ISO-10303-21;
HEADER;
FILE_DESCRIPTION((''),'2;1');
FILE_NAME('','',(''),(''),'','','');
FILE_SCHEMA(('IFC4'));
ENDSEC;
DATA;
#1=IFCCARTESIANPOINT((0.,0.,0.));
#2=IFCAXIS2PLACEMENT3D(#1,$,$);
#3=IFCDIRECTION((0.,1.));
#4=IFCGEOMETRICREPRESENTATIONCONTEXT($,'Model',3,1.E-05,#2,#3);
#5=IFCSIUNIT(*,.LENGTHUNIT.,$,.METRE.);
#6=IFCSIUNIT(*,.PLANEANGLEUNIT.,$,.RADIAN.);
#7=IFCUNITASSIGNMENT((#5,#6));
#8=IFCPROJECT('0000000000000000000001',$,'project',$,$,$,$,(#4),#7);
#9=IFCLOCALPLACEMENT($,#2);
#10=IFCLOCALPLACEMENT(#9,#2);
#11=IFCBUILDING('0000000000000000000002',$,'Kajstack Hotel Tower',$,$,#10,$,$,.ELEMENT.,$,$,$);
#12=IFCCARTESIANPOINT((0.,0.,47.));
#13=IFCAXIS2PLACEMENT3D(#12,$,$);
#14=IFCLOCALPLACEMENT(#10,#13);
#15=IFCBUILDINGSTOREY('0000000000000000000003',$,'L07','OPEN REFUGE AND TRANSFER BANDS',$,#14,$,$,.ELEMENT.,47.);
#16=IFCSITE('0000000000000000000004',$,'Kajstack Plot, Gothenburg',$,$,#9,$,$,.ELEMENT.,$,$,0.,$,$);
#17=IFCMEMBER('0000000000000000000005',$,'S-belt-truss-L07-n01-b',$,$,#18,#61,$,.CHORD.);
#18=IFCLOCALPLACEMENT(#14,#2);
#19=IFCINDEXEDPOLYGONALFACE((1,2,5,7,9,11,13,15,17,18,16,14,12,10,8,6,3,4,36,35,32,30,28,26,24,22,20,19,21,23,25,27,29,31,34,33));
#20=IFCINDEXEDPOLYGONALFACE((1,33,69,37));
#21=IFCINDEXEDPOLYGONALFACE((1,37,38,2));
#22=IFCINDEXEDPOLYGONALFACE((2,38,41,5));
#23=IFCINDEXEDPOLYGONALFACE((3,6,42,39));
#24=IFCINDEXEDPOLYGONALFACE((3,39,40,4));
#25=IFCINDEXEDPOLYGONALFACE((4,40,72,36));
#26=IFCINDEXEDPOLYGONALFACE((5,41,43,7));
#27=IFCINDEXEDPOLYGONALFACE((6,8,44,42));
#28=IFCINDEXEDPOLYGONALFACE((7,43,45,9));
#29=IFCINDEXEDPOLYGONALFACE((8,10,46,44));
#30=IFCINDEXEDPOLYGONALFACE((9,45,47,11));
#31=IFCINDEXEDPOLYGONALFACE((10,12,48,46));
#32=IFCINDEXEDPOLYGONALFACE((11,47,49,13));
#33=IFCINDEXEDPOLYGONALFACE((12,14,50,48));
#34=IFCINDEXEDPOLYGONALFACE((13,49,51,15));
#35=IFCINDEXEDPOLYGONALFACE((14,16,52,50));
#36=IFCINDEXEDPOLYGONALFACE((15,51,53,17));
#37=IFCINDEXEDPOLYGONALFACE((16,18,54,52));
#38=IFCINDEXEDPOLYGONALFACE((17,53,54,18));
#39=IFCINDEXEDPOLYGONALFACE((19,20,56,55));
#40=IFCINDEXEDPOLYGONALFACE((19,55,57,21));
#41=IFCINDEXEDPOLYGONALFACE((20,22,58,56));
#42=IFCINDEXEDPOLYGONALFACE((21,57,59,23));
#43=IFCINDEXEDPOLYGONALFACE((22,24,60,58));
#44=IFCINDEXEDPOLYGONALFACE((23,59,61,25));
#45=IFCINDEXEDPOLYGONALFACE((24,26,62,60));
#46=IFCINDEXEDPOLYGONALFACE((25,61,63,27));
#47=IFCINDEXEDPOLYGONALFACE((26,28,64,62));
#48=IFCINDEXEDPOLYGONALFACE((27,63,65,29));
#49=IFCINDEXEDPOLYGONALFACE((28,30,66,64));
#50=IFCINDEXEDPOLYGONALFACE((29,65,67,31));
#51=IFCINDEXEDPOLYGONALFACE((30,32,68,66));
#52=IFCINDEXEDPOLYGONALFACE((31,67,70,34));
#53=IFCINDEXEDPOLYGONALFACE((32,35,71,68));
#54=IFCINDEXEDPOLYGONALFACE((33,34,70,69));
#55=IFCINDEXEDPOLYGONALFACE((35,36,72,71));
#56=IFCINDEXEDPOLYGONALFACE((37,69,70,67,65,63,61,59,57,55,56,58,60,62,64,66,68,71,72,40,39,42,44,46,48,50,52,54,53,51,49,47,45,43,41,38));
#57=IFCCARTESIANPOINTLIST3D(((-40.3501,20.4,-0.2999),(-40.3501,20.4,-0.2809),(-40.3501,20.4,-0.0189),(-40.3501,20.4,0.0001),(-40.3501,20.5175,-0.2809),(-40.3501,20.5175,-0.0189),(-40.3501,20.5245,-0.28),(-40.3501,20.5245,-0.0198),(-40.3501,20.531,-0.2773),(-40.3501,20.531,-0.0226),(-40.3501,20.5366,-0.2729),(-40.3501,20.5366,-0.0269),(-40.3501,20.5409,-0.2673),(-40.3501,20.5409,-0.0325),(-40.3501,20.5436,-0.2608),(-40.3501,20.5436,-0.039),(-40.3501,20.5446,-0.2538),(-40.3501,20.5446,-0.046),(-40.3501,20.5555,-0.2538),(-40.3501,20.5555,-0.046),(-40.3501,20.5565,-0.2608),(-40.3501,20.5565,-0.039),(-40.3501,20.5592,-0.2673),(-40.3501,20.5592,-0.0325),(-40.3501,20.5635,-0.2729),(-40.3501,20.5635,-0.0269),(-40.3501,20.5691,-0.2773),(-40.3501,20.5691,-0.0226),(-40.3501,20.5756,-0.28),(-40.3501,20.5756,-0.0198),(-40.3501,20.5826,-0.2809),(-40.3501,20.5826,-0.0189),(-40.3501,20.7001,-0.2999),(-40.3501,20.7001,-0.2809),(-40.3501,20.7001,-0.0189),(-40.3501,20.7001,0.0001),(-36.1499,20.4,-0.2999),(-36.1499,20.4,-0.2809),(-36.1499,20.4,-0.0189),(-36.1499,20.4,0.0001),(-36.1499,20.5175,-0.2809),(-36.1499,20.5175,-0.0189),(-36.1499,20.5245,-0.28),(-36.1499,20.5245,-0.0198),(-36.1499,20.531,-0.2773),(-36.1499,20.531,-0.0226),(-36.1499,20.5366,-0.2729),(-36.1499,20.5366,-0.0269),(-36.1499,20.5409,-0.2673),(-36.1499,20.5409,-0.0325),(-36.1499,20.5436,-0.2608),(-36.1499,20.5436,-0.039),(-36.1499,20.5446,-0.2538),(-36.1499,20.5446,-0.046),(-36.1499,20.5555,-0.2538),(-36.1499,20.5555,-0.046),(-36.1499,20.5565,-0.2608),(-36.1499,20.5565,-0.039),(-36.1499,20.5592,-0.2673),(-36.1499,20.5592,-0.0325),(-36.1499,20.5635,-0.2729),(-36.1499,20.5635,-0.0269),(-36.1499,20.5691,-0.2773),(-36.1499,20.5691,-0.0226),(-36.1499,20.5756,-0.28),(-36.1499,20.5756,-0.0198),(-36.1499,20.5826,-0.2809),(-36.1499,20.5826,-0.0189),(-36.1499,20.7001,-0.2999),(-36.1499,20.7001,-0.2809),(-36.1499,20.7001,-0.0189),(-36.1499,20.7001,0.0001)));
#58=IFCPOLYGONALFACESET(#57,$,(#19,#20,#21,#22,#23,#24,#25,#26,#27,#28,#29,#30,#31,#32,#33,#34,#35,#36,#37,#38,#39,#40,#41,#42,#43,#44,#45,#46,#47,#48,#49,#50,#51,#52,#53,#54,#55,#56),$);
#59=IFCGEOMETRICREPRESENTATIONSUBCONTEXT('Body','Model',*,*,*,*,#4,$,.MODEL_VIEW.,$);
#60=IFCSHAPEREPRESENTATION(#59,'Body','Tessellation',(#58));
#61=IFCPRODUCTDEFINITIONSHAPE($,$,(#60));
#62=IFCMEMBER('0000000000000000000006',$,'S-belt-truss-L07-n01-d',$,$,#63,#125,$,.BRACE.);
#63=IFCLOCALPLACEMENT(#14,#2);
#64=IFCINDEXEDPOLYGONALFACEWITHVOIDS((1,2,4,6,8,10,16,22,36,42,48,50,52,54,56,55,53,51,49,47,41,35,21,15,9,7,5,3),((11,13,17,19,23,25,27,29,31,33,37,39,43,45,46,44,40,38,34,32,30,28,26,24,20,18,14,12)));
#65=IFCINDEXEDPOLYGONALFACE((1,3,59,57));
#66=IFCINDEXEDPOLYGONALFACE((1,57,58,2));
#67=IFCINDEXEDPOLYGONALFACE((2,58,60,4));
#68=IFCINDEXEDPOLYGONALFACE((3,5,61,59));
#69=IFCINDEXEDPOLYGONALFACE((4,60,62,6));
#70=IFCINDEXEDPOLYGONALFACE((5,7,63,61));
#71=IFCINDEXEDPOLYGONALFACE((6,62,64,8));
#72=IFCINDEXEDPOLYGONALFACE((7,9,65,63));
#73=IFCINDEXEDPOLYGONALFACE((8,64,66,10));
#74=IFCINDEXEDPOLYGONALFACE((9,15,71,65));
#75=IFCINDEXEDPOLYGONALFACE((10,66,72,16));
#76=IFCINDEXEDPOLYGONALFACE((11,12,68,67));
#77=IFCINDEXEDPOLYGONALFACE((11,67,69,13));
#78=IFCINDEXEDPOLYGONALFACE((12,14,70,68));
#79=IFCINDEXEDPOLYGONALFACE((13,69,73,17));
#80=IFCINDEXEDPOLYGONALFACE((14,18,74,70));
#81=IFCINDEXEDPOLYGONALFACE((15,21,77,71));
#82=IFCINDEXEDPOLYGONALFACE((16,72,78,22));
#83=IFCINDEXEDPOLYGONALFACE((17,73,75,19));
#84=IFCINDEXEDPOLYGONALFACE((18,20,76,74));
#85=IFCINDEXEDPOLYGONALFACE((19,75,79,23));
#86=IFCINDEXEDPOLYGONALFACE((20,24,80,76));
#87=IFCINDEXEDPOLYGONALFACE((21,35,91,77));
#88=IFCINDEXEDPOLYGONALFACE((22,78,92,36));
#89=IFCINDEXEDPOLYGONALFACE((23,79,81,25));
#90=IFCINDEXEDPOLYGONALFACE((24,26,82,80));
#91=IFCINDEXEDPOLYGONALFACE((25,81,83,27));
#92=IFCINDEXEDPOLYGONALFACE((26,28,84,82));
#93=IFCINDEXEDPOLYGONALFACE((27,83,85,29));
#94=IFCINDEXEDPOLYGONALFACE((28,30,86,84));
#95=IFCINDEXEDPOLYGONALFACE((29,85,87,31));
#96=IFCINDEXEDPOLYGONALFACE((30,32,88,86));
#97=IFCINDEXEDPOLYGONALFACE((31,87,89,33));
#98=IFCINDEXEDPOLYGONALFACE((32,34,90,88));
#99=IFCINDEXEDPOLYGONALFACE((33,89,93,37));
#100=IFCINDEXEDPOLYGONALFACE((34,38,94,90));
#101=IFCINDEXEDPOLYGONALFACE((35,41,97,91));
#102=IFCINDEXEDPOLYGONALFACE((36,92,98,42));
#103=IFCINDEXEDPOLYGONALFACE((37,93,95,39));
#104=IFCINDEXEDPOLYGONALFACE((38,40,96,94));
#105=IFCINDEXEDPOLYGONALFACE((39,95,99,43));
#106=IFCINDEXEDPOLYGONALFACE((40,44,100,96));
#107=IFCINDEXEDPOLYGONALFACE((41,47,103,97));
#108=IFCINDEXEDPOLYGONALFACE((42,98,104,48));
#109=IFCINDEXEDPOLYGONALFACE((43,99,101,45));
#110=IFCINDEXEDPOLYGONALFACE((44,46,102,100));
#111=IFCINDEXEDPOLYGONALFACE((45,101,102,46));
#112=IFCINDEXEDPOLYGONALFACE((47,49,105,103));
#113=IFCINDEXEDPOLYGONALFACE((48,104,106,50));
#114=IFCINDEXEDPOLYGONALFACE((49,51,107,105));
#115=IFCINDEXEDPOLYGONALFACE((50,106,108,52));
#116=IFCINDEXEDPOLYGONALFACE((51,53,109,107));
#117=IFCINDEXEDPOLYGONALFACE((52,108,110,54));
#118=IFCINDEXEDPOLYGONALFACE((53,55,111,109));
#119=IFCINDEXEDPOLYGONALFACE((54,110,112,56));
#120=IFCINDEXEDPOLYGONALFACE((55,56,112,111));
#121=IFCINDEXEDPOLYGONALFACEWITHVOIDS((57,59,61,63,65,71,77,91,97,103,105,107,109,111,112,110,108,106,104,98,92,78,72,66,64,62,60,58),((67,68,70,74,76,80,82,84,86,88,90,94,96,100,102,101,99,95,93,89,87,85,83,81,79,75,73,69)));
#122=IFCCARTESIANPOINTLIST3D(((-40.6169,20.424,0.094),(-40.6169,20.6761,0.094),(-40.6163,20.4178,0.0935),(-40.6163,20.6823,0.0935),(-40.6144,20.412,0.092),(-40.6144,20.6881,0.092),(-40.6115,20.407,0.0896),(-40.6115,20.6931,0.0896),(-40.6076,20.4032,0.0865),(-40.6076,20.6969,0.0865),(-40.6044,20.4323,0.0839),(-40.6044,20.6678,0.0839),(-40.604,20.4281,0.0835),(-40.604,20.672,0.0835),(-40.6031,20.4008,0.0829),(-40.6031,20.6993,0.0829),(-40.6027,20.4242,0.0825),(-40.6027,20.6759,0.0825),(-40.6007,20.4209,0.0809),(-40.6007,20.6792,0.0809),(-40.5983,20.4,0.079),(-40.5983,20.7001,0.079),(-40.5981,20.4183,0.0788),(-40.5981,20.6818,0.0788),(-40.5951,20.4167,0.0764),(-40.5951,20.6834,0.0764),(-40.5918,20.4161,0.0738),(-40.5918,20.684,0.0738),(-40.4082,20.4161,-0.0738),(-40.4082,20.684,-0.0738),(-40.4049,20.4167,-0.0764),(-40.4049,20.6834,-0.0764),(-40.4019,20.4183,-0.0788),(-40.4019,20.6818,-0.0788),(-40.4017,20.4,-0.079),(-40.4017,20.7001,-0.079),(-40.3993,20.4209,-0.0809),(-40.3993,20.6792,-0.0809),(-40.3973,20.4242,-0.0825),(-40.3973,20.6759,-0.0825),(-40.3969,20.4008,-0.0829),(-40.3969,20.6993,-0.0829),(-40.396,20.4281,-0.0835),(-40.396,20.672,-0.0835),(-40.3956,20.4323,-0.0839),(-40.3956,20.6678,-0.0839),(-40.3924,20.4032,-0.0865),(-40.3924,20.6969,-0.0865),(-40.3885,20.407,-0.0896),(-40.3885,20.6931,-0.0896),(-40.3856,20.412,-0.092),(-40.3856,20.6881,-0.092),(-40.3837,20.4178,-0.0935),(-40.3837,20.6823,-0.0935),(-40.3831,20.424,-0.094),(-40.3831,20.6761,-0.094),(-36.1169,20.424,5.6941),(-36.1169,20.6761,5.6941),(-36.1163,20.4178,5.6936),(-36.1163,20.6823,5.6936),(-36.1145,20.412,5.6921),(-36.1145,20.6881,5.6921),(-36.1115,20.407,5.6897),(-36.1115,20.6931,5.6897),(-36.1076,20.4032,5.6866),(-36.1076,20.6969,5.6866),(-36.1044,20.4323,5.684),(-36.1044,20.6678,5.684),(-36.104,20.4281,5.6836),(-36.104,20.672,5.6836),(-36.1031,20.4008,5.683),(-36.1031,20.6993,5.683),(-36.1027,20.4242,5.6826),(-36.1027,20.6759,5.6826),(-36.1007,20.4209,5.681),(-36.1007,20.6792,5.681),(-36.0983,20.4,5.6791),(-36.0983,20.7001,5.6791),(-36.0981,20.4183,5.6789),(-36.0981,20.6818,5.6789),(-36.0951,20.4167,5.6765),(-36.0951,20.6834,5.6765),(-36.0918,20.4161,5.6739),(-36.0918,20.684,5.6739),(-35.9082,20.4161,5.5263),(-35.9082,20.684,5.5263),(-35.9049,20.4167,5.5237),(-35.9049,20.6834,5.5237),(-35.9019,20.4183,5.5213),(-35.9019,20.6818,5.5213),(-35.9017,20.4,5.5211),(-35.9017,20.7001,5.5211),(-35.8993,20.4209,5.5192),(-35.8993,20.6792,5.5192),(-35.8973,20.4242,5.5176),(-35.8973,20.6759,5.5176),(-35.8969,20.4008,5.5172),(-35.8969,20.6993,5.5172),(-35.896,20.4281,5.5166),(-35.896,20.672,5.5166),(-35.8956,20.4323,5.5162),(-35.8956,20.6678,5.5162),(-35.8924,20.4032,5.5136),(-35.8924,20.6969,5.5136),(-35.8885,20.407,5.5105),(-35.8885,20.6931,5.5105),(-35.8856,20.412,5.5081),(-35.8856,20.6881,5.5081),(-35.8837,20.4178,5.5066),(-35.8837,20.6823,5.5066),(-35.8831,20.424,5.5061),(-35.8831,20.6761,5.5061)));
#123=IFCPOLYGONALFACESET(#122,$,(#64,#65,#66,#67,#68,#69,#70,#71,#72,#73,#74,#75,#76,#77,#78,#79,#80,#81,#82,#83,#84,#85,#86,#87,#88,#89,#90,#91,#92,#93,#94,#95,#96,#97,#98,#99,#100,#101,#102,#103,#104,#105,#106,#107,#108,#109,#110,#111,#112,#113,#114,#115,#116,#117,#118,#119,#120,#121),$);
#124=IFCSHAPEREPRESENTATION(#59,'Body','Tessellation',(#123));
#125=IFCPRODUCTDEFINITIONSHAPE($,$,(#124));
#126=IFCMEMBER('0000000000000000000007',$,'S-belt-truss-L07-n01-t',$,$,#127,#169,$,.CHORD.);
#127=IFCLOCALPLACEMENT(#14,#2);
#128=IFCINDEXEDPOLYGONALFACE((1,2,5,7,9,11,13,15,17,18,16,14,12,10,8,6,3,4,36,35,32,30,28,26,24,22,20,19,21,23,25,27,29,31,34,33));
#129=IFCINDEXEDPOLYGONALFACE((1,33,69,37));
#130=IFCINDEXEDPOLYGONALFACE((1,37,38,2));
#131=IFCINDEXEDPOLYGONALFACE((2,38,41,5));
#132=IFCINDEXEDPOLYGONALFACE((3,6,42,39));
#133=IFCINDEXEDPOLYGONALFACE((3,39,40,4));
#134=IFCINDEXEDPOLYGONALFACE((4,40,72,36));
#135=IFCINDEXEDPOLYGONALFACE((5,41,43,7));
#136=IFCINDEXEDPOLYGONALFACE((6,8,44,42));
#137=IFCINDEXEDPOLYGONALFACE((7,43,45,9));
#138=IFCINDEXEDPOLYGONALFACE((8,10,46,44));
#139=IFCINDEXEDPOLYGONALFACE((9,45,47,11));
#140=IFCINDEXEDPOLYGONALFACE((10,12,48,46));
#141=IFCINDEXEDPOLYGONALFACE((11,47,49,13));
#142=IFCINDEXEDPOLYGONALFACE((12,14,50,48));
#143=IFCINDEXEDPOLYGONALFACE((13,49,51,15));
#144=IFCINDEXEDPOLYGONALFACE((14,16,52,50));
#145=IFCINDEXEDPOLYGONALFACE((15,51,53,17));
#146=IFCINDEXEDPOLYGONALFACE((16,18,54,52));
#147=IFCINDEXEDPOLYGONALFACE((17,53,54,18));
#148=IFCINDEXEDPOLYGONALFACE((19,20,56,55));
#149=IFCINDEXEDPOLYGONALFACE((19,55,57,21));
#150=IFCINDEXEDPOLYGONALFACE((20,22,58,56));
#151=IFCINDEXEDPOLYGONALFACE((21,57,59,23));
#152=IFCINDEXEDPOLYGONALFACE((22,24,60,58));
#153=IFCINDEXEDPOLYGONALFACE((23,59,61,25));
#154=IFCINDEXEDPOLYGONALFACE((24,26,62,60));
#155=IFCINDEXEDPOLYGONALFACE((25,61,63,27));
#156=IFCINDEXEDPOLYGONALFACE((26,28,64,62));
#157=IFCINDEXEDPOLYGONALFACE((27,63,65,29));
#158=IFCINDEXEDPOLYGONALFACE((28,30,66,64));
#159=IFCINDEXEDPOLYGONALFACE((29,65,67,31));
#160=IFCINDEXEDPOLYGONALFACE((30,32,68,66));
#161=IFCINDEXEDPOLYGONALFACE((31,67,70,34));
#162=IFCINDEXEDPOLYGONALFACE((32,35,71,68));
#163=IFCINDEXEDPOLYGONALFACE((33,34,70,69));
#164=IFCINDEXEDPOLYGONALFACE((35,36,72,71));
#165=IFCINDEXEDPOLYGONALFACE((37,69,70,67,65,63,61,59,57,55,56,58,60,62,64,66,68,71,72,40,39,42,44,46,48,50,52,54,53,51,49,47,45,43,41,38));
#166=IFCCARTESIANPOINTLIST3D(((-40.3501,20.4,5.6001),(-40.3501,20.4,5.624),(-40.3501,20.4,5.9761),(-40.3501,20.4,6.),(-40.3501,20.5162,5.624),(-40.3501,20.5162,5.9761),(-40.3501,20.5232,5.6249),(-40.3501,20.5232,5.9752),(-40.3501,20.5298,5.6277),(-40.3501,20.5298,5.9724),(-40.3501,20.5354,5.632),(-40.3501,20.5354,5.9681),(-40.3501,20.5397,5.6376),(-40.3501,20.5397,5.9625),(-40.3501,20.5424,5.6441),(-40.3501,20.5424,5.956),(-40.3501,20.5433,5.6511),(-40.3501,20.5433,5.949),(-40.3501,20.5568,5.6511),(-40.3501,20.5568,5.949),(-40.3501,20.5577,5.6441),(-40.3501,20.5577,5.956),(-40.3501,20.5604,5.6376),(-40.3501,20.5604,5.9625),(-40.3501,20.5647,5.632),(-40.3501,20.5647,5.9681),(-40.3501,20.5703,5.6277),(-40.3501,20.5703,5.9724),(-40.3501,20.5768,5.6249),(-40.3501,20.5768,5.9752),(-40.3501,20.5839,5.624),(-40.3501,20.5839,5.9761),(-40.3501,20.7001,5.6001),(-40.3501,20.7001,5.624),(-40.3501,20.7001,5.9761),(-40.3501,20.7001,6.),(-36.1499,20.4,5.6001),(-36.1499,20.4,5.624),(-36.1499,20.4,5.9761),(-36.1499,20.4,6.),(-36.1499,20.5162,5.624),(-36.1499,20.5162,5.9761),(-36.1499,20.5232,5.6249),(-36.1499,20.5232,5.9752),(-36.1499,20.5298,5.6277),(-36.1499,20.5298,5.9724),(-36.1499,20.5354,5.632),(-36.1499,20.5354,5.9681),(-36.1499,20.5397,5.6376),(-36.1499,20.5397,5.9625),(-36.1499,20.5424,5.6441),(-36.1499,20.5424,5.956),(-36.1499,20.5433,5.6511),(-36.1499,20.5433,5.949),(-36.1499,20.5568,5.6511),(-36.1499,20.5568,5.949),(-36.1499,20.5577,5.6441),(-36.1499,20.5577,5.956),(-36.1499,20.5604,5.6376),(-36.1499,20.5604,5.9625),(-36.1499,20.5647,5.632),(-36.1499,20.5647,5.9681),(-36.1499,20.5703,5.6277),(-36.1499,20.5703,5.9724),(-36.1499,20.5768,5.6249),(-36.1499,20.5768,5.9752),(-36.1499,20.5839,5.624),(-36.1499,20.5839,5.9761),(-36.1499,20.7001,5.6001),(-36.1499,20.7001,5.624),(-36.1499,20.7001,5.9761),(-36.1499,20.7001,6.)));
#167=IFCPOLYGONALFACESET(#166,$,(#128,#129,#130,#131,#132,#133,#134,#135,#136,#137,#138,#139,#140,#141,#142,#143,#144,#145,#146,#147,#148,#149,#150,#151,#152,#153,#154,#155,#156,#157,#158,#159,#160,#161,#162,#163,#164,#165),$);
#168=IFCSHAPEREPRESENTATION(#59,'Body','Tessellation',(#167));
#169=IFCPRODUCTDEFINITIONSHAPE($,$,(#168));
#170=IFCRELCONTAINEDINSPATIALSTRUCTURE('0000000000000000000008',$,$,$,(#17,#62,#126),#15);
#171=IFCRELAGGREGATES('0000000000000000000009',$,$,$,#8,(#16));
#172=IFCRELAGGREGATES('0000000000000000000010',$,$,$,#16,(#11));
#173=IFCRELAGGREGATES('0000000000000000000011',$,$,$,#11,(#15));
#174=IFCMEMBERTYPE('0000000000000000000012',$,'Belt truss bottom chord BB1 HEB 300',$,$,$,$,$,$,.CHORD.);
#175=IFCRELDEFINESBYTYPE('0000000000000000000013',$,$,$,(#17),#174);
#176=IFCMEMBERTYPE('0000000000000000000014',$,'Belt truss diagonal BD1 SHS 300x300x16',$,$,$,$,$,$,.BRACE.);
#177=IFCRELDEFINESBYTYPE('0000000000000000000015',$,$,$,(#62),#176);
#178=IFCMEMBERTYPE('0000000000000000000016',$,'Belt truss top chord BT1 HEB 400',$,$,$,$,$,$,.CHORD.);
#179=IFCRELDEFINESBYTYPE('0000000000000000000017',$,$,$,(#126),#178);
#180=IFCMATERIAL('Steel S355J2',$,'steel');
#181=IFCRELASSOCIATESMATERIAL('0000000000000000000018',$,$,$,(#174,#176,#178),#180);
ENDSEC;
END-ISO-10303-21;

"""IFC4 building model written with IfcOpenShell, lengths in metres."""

from ifc_helpers import new_model, si_unit, direction, frame, origin, origin_2d, place, context, subcontext, project, spatial, hollow_rectangle, i_section, extrude, material, material_profile, profile_set, type_object, element, save


model = new_model("IFC4")

# Units and contexts
model_context = context("Model", 3, precision=1e-05, world=origin(), true_north=direction((0.0, 1.0)))
body_context = subcontext(model_context, "Body", "Model", "MODEL_VIEW")
ifc_project = project(units=[si_unit("LENGTHUNIT", "METRE"), si_unit("PLANEANGLEUNIT", "RADIAN")], contexts=[model_context])

# Site, building, storey
site_placement = place(None, origin())
site = spatial("IfcSite", under=ifc_project, at=site_placement, Name="Kajstack Plot, Gothenburg", CompositionType="ELEMENT", RefElevation=0.0)
building_placement = place(site_placement, origin())
building = spatial("IfcBuilding", under=site, at=building_placement, Name="Kajstack Hotel Tower", CompositionType="ELEMENT")
storey_placement = place(building_placement, frame((0.0, 0.0, 47.0)))
storey = spatial("IfcBuildingStorey", under=building, at=storey_placement, Name="L07", Description="OPEN REFUGE AND TRANSFER BANDS", CompositionType="ELEMENT", Elevation=47.0)

# Members
ifc_material = material(Name="Steel S355J2", Category="steel")
ifc_material_profile_1 = material_profile(ifc_material, i_section(OverallWidth=0.3, OverallDepth=0.3, WebThickness=0.011, FlangeThickness=0.019, FilletRadius=0.0271, at=origin_2d()), Name="HEB 300")
ifc_profile_set_1 = profile_set([ifc_material_profile_1], Name="Steel S355J2")
member_type_1 = type_object("IfcMemberType", Name="Belt truss bottom chord BB1 HEB 300", PredefinedType="CHORD", material=ifc_profile_set_1)
member_1_placement = place(storey_placement, frame((-40.3501, 20.55, -0.1499), z_axis=(1.0, 0.0, 0.0), x_axis=(0.0, 1.0, 0.0)))
element("IfcMember", 1, at=member_1_placement, inside=storey, type_object=member_type_1, Name="S-belt-truss-L07-n01-b", PredefinedType="CHORD", context=body_context, shape_type="SweptSolid", body=[
    extrude(i_section(OverallWidth=0.3, OverallDepth=0.3, WebThickness=0.011, FlangeThickness=0.019, FilletRadius=0.0271, at=origin_2d()), origin(), (0.0, 0.0, 1.0), 4.2002),
])
ifc_material_profile_2 = material_profile(ifc_material, hollow_rectangle(XDim=0.3, YDim=0.3, WallThickness=0.0161, InnerFilletRadius=0.0161, OuterFilletRadius=0.0239, at=origin_2d()), Name="SHS 300x300x16")
ifc_profile_set_2 = profile_set([ifc_material_profile_2], Name="Steel S355J2")
member_type_2 = type_object("IfcMemberType", Name="Belt truss diagonal BD1 SHS 300x300x16", PredefinedType="BRACE", material=ifc_profile_set_2)
member_2_placement = place(storey_placement, frame((-40.5, 20.55, 0.0), z_axis=(0.626384, 0.0, 0.779514), x_axis=(0.0, 1.0, 0.0)))
element("IfcMember", 2, at=member_2_placement, inside=storey, type_object=member_type_2, Name="S-belt-truss-L07-n01-d", PredefinedType="BRACE", context=body_context, shape_type="SweptSolid", body=[
    extrude(hollow_rectangle(XDim=0.3, YDim=0.3, WallThickness=0.0161, InnerFilletRadius=0.0161, OuterFilletRadius=0.0239, at=origin_2d()), origin(), (0.0, 0.0, 1.0), 7.1841),
])
ifc_material_profile_3 = material_profile(ifc_material, i_section(OverallWidth=0.3, OverallDepth=0.3999, WebThickness=0.0134, FlangeThickness=0.0239, FilletRadius=0.0271, at=origin_2d()), Name="HEB 400")
ifc_profile_set_3 = profile_set([ifc_material_profile_3], Name="Steel S355J2")
member_type_3 = type_object("IfcMemberType", Name="Belt truss top chord BT1 HEB 400", PredefinedType="CHORD", material=ifc_profile_set_3)
member_3_placement = place(storey_placement, frame((-40.3501, 20.55, 5.8), z_axis=(1.0, 0.0, 0.0), x_axis=(0.0, 1.0, 0.0)))
element("IfcMember", 3, at=member_3_placement, inside=storey, type_object=member_type_3, Name="S-belt-truss-L07-n01-t", PredefinedType="CHORD", context=body_context, shape_type="SweptSolid", body=[
    extrude(i_section(OverallWidth=0.3, OverallDepth=0.3999, WebThickness=0.0134, FlangeThickness=0.0239, FilletRadius=0.0271, at=origin_2d()), origin(), (0.0, 0.0, 1.0), 4.2002),
])

save(model, "model.ifc")
